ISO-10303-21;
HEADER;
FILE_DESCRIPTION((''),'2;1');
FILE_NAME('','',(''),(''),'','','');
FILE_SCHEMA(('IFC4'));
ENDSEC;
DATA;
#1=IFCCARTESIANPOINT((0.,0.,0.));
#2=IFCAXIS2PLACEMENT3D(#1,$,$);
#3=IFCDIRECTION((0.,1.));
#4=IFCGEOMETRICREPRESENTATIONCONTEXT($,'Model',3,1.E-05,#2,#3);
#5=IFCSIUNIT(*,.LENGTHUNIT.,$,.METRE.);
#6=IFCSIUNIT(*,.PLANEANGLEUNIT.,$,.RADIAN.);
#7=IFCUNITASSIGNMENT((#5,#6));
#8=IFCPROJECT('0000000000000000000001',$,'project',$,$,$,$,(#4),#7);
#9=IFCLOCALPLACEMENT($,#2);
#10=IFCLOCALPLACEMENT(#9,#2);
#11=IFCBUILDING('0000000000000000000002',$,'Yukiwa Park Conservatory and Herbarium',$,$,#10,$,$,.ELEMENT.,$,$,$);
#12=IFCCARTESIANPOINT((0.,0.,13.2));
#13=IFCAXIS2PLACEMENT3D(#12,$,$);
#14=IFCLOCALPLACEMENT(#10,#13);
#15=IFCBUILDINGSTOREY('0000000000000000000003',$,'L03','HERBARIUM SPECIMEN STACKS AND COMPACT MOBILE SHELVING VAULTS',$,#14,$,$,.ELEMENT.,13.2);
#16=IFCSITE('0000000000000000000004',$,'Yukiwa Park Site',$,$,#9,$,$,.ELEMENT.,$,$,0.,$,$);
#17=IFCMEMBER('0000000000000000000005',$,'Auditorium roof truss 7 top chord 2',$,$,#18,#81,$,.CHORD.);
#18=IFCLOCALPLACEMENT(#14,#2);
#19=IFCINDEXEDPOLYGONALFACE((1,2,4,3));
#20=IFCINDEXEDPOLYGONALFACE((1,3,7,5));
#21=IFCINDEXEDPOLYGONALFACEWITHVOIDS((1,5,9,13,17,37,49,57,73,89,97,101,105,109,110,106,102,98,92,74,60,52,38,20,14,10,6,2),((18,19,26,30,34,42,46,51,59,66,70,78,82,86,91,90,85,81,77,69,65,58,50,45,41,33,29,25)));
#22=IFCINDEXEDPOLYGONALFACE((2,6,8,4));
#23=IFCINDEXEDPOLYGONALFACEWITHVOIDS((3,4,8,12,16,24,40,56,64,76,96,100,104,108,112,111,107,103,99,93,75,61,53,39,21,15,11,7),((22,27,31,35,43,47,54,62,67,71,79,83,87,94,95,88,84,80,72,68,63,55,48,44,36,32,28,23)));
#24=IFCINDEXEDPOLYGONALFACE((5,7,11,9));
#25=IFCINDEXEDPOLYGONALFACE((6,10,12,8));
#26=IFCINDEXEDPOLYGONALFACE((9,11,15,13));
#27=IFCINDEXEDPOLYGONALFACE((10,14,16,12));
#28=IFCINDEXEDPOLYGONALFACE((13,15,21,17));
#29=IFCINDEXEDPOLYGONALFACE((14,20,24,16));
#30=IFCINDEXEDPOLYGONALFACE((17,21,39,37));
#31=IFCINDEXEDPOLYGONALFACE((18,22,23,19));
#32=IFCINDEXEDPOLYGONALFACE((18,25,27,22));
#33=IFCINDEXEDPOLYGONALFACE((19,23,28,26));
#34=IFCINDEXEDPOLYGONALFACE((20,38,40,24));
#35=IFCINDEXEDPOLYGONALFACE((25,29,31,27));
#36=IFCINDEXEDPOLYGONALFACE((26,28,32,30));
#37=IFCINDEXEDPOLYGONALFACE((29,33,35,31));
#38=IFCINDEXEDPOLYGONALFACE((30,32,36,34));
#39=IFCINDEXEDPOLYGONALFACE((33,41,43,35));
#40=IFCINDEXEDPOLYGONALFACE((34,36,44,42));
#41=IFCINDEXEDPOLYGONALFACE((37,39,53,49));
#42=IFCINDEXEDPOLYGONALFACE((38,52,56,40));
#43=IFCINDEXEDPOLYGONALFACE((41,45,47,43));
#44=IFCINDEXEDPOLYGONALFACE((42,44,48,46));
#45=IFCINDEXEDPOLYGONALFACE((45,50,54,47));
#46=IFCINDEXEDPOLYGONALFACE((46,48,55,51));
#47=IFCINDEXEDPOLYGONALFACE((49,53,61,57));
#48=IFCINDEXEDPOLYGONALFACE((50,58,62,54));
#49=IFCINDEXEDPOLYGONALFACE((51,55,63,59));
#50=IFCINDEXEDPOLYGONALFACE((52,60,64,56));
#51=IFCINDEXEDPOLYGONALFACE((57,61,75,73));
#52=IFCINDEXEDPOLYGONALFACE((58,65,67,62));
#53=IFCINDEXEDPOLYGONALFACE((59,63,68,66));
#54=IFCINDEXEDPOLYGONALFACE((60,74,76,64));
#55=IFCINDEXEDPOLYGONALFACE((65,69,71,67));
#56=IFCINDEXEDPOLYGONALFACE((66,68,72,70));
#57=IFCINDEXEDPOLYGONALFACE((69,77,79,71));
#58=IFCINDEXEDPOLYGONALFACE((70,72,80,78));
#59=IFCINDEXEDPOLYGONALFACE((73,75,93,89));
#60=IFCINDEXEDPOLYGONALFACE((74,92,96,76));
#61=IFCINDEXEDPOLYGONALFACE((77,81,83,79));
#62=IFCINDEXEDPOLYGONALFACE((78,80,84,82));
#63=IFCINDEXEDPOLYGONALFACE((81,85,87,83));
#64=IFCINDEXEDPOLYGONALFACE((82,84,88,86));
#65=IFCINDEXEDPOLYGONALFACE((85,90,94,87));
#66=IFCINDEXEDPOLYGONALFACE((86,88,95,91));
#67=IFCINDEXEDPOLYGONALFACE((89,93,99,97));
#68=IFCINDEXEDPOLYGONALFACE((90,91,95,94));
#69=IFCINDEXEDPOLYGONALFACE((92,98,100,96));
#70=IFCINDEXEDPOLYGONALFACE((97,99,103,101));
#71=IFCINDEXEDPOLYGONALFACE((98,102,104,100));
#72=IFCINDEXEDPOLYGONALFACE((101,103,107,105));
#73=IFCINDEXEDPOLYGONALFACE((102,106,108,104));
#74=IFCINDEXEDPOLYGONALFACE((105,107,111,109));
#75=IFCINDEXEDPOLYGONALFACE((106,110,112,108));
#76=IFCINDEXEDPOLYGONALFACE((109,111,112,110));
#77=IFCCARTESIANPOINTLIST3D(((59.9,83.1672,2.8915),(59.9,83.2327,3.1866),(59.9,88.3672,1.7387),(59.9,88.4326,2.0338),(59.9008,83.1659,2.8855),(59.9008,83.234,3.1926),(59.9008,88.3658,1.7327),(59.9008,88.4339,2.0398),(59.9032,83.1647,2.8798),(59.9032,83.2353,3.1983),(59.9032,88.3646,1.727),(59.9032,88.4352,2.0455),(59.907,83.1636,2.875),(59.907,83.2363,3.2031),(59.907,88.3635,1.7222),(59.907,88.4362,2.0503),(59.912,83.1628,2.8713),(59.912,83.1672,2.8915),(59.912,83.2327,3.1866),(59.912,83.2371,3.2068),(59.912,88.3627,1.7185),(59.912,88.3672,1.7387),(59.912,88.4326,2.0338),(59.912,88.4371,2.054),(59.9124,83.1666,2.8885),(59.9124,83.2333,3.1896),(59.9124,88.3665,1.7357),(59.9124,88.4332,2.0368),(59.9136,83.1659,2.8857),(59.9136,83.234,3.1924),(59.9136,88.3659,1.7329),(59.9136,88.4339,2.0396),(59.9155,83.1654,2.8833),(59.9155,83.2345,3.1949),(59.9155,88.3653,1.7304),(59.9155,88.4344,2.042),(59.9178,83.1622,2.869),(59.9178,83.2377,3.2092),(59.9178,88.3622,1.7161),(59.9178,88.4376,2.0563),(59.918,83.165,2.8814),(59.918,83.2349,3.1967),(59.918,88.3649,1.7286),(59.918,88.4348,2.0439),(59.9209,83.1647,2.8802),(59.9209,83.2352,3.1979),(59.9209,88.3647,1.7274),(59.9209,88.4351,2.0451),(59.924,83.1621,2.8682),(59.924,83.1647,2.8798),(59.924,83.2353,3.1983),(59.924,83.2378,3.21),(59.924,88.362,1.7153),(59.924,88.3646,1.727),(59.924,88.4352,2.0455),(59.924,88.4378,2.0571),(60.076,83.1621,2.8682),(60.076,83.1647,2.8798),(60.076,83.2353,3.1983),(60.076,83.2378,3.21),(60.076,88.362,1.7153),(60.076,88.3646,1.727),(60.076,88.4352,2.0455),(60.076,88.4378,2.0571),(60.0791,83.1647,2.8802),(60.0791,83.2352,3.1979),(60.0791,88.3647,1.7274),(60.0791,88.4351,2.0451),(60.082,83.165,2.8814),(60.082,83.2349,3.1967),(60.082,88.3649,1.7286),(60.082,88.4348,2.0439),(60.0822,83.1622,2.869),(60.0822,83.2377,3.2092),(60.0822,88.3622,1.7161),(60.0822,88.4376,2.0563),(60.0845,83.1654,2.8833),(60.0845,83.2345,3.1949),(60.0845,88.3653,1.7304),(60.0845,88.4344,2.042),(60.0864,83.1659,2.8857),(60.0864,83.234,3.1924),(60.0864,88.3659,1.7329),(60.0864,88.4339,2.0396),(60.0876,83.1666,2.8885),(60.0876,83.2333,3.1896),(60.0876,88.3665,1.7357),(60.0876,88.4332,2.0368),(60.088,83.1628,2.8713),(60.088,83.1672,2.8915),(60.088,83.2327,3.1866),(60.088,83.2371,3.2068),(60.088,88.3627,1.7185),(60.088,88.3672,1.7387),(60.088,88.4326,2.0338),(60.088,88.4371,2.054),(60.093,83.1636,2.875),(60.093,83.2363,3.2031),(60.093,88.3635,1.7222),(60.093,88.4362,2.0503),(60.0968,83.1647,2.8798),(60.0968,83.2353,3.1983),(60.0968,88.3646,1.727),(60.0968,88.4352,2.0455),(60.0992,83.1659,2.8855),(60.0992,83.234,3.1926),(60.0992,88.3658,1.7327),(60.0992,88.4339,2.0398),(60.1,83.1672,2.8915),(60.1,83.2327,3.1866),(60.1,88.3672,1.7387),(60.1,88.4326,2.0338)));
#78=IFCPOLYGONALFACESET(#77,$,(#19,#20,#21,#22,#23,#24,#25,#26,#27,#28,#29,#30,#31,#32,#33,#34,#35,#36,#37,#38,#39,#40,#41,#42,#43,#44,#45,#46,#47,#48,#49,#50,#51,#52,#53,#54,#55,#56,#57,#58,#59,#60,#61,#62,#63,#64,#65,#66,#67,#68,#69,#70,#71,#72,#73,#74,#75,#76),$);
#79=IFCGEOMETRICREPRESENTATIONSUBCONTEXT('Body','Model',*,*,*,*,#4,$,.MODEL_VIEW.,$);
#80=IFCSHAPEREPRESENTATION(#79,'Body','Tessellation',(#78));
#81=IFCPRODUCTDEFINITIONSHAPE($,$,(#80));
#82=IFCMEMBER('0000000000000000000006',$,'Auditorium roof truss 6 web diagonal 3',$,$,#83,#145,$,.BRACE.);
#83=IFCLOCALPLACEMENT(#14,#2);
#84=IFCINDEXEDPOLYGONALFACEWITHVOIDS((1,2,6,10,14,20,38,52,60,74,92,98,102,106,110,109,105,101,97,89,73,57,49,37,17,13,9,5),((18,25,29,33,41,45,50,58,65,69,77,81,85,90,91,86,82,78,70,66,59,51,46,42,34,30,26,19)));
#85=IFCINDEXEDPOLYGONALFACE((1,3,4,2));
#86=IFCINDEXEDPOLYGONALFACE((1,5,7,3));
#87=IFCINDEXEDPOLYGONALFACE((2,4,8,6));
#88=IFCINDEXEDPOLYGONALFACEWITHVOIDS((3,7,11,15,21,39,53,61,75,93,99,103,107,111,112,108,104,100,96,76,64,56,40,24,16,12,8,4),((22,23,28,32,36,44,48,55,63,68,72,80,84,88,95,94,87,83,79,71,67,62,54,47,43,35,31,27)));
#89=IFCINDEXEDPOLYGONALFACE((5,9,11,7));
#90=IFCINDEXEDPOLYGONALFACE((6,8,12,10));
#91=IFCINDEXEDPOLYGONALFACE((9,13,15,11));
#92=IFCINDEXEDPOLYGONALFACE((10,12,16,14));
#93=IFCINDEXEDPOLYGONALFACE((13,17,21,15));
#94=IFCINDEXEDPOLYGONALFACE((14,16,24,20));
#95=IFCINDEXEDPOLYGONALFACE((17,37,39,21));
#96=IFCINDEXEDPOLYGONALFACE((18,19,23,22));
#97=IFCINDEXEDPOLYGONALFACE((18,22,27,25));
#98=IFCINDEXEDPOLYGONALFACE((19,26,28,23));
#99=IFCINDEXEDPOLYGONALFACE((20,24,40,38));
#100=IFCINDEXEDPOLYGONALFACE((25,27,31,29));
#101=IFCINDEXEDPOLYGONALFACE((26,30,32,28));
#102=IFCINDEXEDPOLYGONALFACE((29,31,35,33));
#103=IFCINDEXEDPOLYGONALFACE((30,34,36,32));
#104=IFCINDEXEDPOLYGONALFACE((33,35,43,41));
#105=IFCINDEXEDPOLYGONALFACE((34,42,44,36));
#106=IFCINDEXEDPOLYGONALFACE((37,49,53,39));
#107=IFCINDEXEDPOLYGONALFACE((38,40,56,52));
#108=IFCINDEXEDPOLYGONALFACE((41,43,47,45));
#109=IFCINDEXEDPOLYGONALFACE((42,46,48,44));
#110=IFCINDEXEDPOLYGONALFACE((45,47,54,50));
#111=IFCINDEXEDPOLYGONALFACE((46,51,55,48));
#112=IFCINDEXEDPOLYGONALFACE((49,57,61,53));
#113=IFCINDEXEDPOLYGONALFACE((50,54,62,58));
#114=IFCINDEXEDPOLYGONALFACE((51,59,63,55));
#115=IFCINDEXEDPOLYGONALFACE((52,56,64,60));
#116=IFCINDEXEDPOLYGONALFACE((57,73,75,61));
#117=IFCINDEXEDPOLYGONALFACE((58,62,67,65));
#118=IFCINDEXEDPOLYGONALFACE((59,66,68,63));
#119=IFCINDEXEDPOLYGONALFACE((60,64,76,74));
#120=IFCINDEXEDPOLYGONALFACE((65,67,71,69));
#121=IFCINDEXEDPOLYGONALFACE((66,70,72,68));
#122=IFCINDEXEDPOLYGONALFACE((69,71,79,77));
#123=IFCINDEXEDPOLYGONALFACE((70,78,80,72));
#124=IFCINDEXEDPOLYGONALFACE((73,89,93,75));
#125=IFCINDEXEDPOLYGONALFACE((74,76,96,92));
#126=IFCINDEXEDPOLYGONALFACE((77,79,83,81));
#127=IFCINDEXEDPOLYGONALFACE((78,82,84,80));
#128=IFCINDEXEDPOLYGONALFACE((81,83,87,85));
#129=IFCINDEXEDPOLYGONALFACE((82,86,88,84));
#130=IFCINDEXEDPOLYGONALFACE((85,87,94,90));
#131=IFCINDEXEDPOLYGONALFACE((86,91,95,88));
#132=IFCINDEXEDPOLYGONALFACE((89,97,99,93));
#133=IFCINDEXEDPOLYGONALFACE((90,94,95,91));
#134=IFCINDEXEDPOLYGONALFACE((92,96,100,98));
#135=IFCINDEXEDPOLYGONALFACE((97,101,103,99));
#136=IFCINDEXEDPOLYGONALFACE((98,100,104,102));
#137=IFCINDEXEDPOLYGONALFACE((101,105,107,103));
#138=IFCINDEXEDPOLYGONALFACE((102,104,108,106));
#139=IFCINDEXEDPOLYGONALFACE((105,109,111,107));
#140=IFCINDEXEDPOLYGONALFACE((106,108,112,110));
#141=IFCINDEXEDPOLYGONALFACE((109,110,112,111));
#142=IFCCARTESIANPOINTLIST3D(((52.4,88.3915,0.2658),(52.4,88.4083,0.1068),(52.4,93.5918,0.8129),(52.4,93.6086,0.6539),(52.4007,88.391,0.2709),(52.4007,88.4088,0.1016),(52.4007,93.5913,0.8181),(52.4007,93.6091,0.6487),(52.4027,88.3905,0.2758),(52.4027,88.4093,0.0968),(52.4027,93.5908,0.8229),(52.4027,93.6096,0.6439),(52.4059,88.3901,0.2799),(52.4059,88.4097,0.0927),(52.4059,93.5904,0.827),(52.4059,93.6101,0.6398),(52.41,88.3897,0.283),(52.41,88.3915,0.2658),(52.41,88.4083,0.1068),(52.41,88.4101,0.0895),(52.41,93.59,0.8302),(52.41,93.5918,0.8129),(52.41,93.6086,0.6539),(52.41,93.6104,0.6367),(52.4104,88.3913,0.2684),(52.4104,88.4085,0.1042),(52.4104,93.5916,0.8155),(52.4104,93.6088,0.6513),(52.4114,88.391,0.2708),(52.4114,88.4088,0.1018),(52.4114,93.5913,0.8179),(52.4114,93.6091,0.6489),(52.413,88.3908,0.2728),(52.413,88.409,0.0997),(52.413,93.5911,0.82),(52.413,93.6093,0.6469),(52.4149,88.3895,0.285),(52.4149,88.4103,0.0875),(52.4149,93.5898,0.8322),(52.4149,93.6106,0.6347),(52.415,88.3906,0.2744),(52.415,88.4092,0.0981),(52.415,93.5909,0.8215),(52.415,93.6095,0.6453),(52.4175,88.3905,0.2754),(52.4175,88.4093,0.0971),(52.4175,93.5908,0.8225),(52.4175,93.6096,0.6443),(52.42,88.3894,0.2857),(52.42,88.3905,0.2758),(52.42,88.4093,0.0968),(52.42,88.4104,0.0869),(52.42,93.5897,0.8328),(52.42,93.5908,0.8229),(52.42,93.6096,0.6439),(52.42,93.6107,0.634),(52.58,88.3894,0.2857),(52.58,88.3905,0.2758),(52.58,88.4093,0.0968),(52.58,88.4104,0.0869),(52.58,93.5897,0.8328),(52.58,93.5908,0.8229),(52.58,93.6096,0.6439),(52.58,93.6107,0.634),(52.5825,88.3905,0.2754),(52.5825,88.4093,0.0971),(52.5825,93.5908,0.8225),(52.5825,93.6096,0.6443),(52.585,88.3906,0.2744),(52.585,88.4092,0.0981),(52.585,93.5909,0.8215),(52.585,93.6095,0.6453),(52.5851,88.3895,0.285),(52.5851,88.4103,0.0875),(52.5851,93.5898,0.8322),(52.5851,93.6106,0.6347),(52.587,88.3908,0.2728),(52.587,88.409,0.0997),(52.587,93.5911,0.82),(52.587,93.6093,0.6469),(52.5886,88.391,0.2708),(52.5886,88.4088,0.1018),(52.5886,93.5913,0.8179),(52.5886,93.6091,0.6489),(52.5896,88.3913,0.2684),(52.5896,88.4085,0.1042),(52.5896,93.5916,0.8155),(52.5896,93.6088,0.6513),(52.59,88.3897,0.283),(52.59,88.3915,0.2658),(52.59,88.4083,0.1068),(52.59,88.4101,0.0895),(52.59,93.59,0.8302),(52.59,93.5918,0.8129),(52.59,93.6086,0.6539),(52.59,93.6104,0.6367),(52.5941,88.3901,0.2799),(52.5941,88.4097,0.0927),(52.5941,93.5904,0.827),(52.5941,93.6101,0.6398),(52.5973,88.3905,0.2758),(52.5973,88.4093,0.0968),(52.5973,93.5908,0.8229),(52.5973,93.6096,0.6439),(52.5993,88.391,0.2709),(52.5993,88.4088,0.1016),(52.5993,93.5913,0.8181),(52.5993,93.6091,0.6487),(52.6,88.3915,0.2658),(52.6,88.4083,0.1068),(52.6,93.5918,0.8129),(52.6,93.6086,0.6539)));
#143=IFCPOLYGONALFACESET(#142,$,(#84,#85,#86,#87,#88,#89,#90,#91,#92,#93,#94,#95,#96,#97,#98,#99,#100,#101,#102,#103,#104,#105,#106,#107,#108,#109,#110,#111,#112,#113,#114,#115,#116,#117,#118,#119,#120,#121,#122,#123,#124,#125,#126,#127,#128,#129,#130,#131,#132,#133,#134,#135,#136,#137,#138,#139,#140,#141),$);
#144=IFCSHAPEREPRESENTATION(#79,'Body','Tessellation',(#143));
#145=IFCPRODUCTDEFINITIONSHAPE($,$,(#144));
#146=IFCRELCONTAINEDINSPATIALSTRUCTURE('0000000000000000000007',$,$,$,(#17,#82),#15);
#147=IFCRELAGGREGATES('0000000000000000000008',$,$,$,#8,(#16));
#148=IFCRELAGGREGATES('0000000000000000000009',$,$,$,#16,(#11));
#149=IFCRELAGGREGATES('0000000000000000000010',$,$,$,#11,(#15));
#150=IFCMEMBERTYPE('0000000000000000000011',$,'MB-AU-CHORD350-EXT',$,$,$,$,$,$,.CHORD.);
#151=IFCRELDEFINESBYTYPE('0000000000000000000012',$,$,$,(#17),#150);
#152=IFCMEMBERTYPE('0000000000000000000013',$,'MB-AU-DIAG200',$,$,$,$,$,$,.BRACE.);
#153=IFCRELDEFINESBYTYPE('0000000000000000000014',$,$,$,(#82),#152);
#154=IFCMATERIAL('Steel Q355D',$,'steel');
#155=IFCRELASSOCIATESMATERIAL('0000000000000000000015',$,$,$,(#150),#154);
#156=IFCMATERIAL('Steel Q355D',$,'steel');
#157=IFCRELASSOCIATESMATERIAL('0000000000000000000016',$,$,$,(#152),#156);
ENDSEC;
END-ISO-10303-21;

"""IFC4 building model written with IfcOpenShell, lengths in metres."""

from ifc_helpers import new_model, si_unit, direction, frame, origin, origin_2d, place, context, subcontext, project, spatial, hollow_rectangle, extrude, material, material_profile, profile_set, type_object, element, save


model = new_model("IFC4")

# Units and contexts
model_context = context("Model", 3, precision=1e-05, world=origin(), true_north=direction((0.0, 1.0)))
body_context = subcontext(model_context, "Body", "Model", "MODEL_VIEW")
ifc_project = project(units=[si_unit("LENGTHUNIT", "METRE"), si_unit("PLANEANGLEUNIT", "RADIAN")], contexts=[model_context])

# Site, building, storey
site_placement = place(None, origin())
site = spatial("IfcSite", under=ifc_project, at=site_placement, Name="Yukiwa Park Site", CompositionType="ELEMENT", RefElevation=0.0)
building_placement = place(site_placement, origin())
building = spatial("IfcBuilding", under=site, at=building_placement, Name="Yukiwa Park Conservatory and Herbarium", CompositionType="ELEMENT")
storey_placement = place(building_placement, frame((0.0, 0.0, 13.2)))
storey = spatial("IfcBuildingStorey", under=building, at=storey_placement, Name="L03", Description="HERBARIUM SPECIMEN STACKS AND COMPACT MOBILE SHELVING VAULTS", CompositionType="ELEMENT", Elevation=13.2)

# Members
ifc_material_1 = material(Name="Steel Q355D", Category="steel")
ifc_material_profile_1 = material_profile(ifc_material_1, hollow_rectangle(XDim=0.2, YDim=0.3501, WallThickness=0.012, InnerFilletRadius=0.012, OuterFilletRadius=0.0239, at=origin_2d()), Name="RHS 350x200x12")
ifc_profile_set_1 = profile_set([ifc_material_profile_1], Name="Steel Q355D")
member_type_1 = type_object("IfcMemberType", Name="MB-AU-CHORD350-EXT", PredefinedType="CHORD", material=ifc_profile_set_1)
member_1_placement = place(storey_placement, frame((60.0, 83.2, 3.0391), z_axis=(0.0, 0.976295, -0.216445), x_axis=(-1.0, 0.0, 0.0)))
element("IfcMember", 1, at=member_1_placement, inside=storey, type_object=member_type_1, Name="Auditorium roof truss 7 top chord 2", PredefinedType="CHORD", context=body_context, shape_type="SweptSolid", body=[
    extrude(hollow_rectangle(XDim=0.2, YDim=0.3501, WallThickness=0.012, InnerFilletRadius=0.012, OuterFilletRadius=0.0239, at=origin_2d()), origin(), (0.0, 0.0, 1.0), 5.3262),
])
ifc_material_2 = material(Name="Steel Q355D", Category="steel")
ifc_material_profile_2 = material_profile(ifc_material_2, hollow_rectangle(XDim=0.2, YDim=0.2, WallThickness=0.01, InnerFilletRadius=0.01, OuterFilletRadius=0.02, at=origin_2d()), Name="SHS 200x200x10")
ifc_profile_set_2 = profile_set([ifc_material_profile_2], Name="Steel Q355D")
member_type_2 = type_object("IfcMemberType", Name="MB-AU-DIAG200", PredefinedType="BRACE", material=ifc_profile_set_2)
member_2_placement = place(storey_placement, frame((52.5, 88.3999, 0.1863), z_axis=(0.0, 0.994511, 0.104634), x_axis=(-1.0, 0.0, 0.0)))
element("IfcMember", 2, at=member_2_placement, inside=storey, type_object=member_type_2, Name="Auditorium roof truss 6 web diagonal 3", PredefinedType="BRACE", context=body_context, shape_type="SweptSolid", body=[
    extrude(hollow_rectangle(XDim=0.2, YDim=0.2, WallThickness=0.01, InnerFilletRadius=0.01, OuterFilletRadius=0.02, at=origin_2d()), origin(), (0.0, 0.0, 1.0), 5.229),
])

save(model, "model.ifc")
